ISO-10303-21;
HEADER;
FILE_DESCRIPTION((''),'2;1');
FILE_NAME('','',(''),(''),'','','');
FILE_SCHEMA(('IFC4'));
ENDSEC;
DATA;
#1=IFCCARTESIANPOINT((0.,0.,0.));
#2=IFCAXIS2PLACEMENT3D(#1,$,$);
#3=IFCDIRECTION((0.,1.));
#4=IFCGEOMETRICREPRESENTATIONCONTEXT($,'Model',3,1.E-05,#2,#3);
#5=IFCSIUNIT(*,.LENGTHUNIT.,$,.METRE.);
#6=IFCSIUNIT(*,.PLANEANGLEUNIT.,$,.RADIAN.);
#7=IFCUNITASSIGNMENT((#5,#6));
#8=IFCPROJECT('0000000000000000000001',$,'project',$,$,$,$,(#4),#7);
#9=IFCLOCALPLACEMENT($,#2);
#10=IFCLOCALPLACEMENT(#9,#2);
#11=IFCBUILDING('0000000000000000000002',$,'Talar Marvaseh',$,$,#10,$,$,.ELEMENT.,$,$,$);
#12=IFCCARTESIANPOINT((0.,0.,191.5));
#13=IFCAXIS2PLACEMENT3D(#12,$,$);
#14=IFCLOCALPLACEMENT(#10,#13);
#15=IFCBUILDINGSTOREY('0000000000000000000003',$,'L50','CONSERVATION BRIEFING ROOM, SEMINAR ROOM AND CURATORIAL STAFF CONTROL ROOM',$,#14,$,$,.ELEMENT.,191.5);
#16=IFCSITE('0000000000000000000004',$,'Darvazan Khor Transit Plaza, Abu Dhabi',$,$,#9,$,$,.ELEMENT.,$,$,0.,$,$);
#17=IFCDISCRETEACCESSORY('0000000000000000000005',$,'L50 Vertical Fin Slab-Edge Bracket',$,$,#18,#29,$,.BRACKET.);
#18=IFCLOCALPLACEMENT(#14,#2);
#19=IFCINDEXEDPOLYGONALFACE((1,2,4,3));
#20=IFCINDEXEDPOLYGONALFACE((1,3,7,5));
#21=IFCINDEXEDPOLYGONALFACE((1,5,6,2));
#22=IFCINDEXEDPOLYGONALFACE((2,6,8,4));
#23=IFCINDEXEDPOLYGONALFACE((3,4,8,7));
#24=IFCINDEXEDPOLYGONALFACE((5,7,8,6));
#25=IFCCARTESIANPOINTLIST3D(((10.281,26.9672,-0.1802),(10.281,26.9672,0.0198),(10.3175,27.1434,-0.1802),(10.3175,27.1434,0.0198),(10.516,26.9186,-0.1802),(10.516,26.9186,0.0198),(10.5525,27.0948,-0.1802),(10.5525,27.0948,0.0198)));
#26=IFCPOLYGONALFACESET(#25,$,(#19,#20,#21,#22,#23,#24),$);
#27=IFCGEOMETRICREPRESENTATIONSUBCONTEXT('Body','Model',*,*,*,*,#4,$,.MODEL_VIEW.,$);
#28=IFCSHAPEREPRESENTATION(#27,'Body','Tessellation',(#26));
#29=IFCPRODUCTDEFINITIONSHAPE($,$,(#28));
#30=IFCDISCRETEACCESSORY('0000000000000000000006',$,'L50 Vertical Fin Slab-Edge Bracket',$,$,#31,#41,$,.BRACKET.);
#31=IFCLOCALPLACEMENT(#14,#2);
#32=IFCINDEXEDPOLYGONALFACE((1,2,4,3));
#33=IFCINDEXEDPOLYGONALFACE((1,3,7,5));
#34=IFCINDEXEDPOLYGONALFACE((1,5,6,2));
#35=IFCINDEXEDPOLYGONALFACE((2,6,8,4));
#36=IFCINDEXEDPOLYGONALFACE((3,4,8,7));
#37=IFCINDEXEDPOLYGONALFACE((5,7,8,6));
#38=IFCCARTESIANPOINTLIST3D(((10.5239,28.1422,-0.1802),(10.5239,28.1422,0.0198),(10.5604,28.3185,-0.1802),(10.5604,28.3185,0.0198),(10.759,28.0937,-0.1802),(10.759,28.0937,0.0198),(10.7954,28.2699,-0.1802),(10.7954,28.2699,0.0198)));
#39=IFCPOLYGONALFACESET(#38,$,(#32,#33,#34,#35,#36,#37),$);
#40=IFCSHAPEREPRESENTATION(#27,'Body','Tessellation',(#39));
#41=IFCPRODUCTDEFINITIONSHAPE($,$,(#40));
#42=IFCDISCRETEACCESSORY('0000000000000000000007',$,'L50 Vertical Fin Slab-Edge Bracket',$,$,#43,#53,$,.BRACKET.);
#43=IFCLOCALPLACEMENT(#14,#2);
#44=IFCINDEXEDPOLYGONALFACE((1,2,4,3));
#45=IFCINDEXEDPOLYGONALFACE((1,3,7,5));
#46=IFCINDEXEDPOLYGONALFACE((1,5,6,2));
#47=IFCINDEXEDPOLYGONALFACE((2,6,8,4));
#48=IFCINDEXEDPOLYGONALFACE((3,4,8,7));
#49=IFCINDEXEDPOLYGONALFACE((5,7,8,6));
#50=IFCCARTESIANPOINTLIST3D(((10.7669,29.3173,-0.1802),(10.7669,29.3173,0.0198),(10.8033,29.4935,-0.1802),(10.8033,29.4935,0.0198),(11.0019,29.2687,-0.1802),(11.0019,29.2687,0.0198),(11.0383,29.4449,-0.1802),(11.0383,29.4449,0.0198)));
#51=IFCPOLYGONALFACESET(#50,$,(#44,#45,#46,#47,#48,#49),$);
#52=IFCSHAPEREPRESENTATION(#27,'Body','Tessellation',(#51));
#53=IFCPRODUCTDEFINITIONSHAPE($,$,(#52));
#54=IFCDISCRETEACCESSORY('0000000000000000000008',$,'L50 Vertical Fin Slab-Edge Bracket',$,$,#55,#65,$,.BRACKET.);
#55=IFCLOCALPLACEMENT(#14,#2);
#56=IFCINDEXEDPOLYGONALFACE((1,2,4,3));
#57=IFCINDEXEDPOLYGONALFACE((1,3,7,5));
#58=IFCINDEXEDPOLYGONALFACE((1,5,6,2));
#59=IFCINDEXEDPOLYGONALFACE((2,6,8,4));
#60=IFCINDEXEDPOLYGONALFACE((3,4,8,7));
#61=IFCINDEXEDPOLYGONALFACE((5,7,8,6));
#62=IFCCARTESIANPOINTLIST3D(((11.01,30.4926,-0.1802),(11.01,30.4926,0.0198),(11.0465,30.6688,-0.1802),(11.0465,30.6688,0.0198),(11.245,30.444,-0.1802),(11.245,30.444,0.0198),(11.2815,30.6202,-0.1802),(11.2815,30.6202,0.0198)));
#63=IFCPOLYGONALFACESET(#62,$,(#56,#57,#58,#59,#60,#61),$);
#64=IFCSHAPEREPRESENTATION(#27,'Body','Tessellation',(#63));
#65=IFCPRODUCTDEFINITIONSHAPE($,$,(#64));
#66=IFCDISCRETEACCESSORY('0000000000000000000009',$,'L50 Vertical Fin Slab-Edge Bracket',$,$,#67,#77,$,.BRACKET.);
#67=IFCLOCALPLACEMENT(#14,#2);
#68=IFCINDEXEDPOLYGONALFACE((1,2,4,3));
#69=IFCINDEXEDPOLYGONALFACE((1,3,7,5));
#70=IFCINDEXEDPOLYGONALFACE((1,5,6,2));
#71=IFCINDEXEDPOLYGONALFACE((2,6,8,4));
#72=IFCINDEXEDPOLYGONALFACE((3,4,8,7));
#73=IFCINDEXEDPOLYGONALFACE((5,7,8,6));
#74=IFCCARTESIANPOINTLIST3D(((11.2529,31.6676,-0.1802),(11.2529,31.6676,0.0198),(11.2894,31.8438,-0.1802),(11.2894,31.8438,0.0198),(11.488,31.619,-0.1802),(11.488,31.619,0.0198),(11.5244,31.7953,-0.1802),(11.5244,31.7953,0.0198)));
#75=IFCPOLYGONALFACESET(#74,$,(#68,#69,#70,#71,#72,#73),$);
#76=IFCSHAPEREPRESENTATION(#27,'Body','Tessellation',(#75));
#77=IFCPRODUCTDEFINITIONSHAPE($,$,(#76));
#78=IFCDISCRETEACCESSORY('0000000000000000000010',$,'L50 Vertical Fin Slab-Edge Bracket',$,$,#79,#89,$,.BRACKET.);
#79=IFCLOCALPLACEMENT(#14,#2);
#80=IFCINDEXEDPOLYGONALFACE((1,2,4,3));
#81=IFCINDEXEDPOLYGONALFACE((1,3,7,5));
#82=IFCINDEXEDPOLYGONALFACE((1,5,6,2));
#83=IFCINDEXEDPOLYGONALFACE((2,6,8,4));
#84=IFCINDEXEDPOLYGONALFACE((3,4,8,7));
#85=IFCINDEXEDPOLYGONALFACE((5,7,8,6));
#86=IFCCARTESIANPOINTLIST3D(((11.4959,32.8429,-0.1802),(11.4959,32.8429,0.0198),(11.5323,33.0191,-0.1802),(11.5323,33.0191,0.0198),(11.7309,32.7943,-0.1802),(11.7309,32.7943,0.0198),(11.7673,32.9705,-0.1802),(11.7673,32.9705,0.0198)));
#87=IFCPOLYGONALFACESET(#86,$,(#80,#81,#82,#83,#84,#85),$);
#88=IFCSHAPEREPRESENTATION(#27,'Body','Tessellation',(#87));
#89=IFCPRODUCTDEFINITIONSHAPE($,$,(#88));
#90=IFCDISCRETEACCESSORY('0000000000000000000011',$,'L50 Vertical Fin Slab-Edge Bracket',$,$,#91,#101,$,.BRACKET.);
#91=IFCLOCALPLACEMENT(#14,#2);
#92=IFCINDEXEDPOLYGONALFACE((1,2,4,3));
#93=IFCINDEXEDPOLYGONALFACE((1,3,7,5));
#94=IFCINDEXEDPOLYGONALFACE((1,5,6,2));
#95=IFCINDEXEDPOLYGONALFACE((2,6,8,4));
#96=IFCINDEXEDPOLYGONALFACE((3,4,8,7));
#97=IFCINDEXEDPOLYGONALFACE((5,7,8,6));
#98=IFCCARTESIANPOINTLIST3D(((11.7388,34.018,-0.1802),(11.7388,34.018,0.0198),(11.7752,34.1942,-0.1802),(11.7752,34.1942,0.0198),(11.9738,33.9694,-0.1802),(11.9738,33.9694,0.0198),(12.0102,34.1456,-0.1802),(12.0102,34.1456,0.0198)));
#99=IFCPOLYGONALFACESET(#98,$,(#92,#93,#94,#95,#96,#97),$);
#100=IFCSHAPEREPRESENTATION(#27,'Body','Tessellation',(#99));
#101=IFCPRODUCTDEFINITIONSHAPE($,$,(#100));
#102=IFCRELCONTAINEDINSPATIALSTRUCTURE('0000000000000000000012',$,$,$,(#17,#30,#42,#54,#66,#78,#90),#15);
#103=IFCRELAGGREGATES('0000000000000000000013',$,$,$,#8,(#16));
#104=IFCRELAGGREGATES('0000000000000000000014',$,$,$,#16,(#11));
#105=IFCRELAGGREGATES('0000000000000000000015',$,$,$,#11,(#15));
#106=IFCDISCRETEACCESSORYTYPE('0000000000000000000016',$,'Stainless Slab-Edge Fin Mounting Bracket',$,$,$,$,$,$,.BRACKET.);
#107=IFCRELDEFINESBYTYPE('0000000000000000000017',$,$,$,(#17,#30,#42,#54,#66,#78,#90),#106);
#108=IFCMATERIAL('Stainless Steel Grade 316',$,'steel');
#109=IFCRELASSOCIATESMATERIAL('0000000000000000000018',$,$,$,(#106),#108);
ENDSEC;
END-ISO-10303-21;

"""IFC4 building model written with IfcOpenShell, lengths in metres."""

from ifc_helpers import new_model, si_unit, direction, frame, origin, origin_2d, place, context, subcontext, project, spatial, rectangle, extrude, source, transform, mapped, material, type_object, type_shapes, element, save


model = new_model("IFC4")

# Units and contexts
model_context = context("Model", 3, precision=1e-05, world=origin(), true_north=direction((0.0, 1.0)))
body_context = subcontext(model_context, "Body", "Model", "MODEL_VIEW")
ifc_project = project(units=[si_unit("LENGTHUNIT", "METRE"), si_unit("PLANEANGLEUNIT", "RADIAN")], contexts=[model_context])

# Site, building, storey
site_placement = place(None, origin())
site = spatial("IfcSite", under=ifc_project, at=site_placement, Name="Darvazan Khor Transit Plaza, Abu Dhabi", CompositionType="ELEMENT", RefElevation=0.0)
building_placement = place(site_placement, origin())
building = spatial("IfcBuilding", under=site, at=building_placement, Name="Talar Marvaseh", CompositionType="ELEMENT")
storey_placement = place(building_placement, frame((0.0, 0.0, 191.5)))
storey = spatial("IfcBuildingStorey", under=building, at=storey_placement, Name="L50", Description="CONSERVATION BRIEFING ROOM, SEMINAR ROOM AND CURATORIAL STAFF CONTROL ROOM", CompositionType="ELEMENT", Elevation=191.5)

# Shared definitions
ifc_material_1 = material(Name="Stainless Steel Grade 316", Category="steel")

# Discrete accessories
discrete_accessory_type = type_object("IfcDiscreteAccessoryType", Name="Stainless Slab-Edge Fin Mounting Bracket", PredefinedType="BRACKET", material=ifc_material_1)
shared_shape_1 = source(origin(), body_context, "Body", "SweptSolid", [
    extrude(rectangle(XDim=0.24, YDim=0.1799, at=origin_2d()), origin(), (0.0, 0.0, 1.0), 0.2),
])
type_shapes(discrete_accessory_type, [shared_shape_1])
for number, where, z_axis, x_axis, name in (
    (1, (10.4167, 27.031, -0.1802), (0.0, 0.0, 1.0), (-0.979294, 0.202445, 0.0), "L50 Vertical Fin Slab-Edge Bracket"),
    (2, (10.6597, 28.2061, -0.1802), (0.0, 0.0, 1.0), (-0.979294, 0.202445, 0.0), "L50 Vertical Fin Slab-Edge Bracket"),
    (3, (10.9026, 29.3811, -0.1802), (0.0, 0.0, 1.0), (-0.979294, 0.202445, 0.0), "L50 Vertical Fin Slab-Edge Bracket"),
    (4, (11.1458, 30.5564, -0.1802), (0.0, 0.0, 1.0), (-0.979294, 0.202445, 0.0), "L50 Vertical Fin Slab-Edge Bracket"),
    (5, (11.3887, 31.7314, -0.1802), (0.0, 0.0, 1.0), (-0.979294, 0.202445, 0.0), "L50 Vertical Fin Slab-Edge Bracket"),
    (6, (11.6316, 32.9067, -0.1802), (0.0, 0.0, 1.0), (-0.979294, 0.202445, 0.0), "L50 Vertical Fin Slab-Edge Bracket"),
    (7, (11.8745, 34.0818, -0.1802), (0.0, 0.0, 1.0), (-0.979294, 0.202445, 0.0), "L50 Vertical Fin Slab-Edge Bracket"),
):
    element("IfcDiscreteAccessory", number, at=place(storey_placement, frame(where, z_axis=z_axis, x_axis=x_axis)), inside=storey, type_object=discrete_accessory_type, Name=name, PredefinedType="BRACKET", context=body_context, shape_type="MappedRepresentation", body=[
        mapped(shared_shape_1, transform((0.0, 0.0, 0.0), x_axis=(1.0, 0.0, 0.0), y_axis=(0.0, 1.0, 0.0), z_axis=(0.0, 0.0, 1.0), scale=1.0)),
    ])

save(model, "model.ifc")
